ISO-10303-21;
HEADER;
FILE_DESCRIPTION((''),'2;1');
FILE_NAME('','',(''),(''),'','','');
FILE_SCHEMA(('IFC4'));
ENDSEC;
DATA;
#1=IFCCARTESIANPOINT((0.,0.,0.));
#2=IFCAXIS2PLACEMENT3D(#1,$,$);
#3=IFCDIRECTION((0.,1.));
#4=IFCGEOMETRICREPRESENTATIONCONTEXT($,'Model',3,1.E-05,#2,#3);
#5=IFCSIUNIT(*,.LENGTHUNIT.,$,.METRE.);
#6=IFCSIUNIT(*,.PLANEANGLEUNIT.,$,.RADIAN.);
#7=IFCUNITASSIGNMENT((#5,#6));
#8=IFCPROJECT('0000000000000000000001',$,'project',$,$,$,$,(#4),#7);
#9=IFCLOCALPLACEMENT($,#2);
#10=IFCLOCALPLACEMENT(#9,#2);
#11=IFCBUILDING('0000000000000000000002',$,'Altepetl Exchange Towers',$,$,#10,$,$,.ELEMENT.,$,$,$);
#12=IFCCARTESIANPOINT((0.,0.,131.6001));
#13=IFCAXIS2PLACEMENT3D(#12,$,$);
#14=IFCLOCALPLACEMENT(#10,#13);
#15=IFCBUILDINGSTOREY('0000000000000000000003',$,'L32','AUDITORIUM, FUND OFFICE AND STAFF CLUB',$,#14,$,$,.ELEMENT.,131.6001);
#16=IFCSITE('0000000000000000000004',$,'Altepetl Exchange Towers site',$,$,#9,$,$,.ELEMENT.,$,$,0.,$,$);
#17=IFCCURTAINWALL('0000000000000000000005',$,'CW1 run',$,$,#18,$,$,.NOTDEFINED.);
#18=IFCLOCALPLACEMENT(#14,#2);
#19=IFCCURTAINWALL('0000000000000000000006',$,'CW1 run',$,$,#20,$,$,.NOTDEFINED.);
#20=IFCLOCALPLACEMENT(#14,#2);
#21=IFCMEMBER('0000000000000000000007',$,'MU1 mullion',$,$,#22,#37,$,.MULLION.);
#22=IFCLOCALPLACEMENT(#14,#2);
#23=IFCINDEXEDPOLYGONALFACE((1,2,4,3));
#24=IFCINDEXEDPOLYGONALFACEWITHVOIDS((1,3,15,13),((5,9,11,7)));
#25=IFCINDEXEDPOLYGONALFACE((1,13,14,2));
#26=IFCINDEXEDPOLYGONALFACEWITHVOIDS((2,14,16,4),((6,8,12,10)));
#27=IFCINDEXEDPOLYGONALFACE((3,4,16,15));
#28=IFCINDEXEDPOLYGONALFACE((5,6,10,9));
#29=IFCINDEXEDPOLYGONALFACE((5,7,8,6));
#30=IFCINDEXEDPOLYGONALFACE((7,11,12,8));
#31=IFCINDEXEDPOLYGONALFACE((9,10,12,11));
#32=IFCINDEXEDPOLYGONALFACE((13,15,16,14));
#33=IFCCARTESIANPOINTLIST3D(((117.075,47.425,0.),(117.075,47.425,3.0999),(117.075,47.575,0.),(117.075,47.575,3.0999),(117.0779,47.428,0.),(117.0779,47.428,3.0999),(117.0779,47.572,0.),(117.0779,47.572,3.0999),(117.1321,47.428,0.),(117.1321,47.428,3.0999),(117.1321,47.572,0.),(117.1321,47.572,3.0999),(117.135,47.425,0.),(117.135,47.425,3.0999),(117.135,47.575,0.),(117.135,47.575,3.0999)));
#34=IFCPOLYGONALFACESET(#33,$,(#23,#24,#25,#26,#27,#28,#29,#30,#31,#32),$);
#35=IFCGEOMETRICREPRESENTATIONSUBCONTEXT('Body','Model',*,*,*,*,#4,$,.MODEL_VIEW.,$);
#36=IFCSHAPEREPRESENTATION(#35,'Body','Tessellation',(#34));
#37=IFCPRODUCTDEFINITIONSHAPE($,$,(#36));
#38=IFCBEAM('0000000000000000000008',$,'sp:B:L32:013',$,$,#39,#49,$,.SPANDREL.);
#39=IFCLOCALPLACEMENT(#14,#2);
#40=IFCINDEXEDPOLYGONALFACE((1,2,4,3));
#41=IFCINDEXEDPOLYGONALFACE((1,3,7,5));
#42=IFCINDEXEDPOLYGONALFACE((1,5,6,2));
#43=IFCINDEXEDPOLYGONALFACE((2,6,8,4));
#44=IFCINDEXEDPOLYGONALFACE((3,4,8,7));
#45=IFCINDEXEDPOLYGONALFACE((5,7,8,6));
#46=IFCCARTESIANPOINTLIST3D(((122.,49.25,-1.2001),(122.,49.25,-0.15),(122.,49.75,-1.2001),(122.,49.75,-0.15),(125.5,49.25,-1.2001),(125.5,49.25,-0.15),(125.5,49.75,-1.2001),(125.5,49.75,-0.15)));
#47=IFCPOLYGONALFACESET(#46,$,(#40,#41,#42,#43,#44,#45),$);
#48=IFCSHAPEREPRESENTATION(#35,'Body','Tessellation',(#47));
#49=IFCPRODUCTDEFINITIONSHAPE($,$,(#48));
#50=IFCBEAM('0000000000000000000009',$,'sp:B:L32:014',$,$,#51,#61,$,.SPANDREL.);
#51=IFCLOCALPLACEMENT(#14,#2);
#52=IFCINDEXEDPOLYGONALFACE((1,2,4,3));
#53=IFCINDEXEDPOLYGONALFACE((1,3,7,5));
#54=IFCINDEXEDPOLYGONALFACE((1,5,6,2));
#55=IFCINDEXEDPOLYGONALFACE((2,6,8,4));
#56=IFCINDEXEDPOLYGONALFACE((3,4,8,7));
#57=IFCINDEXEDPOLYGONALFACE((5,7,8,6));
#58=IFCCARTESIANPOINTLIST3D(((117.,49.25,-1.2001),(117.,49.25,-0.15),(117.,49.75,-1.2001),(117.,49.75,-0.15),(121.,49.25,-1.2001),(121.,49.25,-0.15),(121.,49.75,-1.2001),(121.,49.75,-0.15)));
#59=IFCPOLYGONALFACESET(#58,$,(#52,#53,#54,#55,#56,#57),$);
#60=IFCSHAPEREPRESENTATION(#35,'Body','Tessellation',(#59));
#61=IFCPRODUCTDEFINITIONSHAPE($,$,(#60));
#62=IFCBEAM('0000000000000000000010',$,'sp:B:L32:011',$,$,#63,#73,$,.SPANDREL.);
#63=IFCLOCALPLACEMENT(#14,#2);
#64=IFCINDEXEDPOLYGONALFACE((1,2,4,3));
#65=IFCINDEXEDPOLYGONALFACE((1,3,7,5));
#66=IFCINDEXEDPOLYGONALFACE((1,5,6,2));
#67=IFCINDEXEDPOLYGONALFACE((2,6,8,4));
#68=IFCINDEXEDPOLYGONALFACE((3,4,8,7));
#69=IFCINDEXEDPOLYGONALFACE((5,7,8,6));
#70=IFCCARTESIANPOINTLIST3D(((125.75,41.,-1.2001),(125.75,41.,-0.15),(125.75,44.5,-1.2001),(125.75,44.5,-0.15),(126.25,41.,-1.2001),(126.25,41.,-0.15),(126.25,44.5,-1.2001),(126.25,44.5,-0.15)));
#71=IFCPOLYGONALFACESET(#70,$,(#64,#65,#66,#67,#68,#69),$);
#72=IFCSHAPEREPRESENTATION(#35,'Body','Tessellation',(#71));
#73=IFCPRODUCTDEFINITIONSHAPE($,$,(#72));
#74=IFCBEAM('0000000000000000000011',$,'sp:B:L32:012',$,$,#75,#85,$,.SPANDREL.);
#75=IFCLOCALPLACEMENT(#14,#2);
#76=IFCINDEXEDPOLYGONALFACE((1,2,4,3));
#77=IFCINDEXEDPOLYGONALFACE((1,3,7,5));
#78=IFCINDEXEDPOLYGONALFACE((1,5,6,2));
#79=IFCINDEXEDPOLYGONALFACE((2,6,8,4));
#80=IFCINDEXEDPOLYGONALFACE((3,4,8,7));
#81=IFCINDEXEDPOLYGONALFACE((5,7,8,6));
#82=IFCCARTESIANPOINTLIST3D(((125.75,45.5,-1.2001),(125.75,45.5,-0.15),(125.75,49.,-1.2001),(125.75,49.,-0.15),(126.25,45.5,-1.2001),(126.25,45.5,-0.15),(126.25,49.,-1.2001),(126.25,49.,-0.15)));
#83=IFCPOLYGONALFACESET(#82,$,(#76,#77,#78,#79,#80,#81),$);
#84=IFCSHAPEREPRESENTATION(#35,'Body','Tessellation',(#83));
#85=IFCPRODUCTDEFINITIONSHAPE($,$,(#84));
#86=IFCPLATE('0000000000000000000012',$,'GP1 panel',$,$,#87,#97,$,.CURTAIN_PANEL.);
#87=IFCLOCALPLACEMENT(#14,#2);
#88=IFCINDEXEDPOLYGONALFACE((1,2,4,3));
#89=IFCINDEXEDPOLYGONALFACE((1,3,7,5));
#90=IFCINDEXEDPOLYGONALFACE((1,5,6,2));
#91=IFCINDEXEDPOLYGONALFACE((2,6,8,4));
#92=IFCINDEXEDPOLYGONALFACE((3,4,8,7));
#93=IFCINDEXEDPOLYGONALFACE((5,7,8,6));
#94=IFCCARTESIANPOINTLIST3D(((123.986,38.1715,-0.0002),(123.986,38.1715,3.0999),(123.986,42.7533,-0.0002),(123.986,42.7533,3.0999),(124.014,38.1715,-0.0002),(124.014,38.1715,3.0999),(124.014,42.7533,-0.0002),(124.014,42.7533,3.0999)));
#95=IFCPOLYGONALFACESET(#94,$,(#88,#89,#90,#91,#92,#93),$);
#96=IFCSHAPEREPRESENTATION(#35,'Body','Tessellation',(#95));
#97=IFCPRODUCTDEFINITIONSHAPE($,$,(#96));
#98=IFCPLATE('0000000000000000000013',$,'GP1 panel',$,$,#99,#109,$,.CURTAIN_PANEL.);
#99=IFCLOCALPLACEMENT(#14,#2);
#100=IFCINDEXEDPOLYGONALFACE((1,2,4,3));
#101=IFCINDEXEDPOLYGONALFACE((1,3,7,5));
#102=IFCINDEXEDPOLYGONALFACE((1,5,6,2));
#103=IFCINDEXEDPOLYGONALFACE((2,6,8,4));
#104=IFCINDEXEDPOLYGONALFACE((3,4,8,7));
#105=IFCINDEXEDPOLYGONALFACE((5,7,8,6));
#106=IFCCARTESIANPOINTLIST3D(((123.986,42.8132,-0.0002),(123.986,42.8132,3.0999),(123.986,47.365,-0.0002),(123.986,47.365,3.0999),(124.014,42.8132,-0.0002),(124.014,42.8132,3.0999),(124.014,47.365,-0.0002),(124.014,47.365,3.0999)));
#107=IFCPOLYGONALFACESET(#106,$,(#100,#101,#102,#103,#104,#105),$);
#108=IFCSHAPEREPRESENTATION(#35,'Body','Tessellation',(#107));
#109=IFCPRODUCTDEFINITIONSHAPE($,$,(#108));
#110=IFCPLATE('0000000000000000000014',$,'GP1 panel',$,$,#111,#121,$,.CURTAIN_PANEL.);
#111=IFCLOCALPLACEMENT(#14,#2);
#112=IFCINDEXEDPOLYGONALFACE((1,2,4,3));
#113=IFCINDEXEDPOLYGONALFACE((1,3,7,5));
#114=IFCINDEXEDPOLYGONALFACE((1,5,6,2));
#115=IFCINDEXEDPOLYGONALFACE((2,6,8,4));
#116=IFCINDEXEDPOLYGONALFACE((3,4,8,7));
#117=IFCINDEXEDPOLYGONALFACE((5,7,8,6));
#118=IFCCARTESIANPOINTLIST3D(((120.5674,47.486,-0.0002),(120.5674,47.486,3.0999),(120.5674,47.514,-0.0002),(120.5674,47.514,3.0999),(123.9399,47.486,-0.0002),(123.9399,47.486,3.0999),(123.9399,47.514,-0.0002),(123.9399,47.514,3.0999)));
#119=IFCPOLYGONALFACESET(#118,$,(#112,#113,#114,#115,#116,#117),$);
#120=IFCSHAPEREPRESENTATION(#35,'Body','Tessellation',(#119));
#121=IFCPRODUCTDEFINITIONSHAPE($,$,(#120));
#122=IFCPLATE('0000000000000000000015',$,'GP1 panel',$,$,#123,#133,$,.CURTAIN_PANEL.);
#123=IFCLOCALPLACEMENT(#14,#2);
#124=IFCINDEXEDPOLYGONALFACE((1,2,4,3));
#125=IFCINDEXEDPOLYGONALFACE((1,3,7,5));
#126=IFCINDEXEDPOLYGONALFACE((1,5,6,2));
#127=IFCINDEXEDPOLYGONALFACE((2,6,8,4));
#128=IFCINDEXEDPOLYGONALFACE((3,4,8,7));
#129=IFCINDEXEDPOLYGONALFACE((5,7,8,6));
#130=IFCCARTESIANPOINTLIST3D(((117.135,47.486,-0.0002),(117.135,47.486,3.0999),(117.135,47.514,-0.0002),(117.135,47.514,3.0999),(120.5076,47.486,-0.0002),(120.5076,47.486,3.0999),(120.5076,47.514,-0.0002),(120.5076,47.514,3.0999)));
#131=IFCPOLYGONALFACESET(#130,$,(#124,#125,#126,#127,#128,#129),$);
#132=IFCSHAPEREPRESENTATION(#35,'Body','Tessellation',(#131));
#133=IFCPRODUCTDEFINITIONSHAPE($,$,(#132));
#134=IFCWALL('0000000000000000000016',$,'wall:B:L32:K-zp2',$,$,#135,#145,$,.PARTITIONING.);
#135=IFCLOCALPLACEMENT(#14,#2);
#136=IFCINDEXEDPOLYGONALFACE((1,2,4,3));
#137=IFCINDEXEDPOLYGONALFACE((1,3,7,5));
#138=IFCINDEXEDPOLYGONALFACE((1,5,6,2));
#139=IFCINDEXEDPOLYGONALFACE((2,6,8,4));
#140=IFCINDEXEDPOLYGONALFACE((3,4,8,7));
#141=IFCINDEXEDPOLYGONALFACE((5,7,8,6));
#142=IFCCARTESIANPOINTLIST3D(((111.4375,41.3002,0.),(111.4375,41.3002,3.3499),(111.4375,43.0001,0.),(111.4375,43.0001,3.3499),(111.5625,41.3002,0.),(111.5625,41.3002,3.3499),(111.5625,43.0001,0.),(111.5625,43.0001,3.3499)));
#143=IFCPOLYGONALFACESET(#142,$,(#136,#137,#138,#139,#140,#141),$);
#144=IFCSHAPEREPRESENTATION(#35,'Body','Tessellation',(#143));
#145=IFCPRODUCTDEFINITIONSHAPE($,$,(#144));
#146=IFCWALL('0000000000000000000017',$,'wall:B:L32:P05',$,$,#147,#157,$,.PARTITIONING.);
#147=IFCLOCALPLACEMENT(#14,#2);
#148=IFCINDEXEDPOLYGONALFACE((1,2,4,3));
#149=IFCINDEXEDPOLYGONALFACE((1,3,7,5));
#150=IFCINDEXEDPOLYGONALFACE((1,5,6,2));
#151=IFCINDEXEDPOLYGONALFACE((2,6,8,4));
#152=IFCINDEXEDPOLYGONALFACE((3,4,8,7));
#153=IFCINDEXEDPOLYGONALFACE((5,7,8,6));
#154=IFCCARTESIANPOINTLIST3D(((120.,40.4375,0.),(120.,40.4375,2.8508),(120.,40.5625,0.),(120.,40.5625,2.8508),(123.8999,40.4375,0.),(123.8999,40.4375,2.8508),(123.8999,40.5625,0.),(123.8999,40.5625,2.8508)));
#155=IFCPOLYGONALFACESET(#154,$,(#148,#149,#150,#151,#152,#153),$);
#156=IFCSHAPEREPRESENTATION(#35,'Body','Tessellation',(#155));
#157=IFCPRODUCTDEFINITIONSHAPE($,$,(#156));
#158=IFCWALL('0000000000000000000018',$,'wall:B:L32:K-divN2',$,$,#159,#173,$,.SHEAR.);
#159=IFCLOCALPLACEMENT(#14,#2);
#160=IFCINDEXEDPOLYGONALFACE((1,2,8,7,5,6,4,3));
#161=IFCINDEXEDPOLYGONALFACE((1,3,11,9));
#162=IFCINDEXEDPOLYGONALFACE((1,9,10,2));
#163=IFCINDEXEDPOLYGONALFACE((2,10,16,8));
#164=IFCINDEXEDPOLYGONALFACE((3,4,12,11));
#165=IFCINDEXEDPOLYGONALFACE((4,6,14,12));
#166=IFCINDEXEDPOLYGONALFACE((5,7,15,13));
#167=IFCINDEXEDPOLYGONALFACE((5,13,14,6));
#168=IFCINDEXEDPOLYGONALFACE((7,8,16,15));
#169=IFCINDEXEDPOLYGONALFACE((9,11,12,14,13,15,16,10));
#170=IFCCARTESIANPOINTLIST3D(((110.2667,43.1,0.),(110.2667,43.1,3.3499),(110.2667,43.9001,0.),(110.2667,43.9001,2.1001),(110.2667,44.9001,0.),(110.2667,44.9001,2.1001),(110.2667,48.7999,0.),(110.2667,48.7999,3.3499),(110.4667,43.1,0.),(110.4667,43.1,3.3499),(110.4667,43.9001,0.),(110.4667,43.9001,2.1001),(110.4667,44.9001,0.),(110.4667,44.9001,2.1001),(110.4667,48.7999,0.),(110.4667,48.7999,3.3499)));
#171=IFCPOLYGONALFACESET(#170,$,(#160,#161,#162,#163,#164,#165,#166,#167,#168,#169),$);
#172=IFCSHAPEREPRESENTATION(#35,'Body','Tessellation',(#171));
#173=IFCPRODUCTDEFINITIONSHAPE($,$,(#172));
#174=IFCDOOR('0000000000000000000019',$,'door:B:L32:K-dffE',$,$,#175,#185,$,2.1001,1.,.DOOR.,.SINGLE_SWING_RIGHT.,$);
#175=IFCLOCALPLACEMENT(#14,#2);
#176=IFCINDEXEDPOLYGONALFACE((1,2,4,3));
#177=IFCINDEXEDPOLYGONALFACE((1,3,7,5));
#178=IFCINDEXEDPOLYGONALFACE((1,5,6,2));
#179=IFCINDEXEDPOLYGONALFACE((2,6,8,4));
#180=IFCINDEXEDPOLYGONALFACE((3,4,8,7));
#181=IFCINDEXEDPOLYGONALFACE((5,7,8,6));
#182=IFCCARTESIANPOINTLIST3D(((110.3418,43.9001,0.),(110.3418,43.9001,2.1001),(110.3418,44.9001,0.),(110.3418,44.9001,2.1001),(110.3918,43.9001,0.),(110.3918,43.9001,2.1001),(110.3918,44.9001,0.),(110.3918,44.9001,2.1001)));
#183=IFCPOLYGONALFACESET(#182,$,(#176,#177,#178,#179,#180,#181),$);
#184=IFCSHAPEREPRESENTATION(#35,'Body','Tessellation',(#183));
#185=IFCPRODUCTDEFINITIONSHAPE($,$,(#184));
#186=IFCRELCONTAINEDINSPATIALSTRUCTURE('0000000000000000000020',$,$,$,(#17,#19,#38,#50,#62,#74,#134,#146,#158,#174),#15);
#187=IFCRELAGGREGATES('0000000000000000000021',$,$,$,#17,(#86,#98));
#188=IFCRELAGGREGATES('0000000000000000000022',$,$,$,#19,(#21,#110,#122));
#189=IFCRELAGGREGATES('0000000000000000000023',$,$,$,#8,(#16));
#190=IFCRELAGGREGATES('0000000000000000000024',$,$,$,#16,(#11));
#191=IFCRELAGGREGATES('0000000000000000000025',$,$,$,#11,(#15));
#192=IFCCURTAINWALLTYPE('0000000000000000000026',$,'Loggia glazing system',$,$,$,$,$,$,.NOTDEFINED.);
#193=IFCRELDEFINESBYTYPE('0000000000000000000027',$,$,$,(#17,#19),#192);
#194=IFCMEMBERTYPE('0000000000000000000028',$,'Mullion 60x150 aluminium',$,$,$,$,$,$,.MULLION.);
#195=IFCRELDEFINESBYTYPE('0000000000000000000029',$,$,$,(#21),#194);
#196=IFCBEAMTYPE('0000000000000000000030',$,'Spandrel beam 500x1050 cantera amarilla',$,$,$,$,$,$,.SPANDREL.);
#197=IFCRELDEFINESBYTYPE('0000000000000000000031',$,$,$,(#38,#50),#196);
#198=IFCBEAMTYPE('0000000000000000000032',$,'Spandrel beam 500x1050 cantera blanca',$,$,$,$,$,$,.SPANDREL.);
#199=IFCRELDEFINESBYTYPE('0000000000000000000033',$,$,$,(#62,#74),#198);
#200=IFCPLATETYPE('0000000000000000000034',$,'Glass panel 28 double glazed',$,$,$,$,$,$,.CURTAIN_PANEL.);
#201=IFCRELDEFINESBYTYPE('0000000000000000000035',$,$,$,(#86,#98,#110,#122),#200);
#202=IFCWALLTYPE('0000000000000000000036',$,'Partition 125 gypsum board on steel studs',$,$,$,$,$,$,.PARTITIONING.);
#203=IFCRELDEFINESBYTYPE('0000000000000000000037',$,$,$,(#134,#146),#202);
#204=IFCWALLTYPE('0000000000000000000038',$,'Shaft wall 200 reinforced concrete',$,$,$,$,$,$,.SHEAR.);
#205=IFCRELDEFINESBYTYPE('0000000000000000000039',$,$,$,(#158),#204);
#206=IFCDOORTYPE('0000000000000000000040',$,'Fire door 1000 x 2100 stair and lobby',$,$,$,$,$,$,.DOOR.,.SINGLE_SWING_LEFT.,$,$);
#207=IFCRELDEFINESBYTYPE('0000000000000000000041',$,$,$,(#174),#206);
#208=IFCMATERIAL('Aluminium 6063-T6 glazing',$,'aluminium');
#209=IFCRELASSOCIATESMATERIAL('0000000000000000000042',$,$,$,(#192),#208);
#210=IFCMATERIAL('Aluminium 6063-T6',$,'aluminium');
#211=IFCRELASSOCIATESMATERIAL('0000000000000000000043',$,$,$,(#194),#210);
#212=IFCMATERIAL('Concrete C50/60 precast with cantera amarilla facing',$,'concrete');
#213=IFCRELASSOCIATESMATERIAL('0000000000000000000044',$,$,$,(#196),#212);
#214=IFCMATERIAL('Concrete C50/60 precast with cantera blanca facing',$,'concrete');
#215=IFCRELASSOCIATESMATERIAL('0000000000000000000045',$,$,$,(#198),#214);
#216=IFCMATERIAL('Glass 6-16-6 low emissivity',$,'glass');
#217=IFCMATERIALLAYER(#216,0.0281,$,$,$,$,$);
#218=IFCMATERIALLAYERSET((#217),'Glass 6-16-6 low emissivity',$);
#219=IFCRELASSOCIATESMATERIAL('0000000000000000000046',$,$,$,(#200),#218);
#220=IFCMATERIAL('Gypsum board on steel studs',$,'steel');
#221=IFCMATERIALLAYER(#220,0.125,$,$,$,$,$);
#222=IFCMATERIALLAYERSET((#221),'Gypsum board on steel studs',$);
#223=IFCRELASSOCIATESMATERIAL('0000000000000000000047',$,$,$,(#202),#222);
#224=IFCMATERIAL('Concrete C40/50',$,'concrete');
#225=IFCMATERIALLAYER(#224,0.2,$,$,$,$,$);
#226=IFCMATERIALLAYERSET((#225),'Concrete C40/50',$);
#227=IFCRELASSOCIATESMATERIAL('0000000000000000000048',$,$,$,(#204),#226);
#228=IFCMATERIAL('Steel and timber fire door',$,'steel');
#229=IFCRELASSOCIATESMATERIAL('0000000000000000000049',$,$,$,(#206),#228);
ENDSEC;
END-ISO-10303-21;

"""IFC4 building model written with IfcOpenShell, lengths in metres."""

from ifc_helpers import new_model, si_unit, direction, frame, frame_2d, origin, origin_2d, place, context, subcontext, project, spatial, rectangle, hollow_rectangle, extrude, material, layer, layer_set, material_profile, profile_set, type_object, element, fill, aggregate, save


model = new_model("IFC4")

# Units and contexts
model_context = context("Model", 3, precision=1e-05, world=origin(), true_north=direction((0.0, 1.0)))
body_context = subcontext(model_context, "Body", "Model", "MODEL_VIEW")
ifc_project = project(units=[si_unit("LENGTHUNIT", "METRE"), si_unit("PLANEANGLEUNIT", "RADIAN")], contexts=[model_context])

# Site, building, storey
site_placement = place(None, origin())
site = spatial("IfcSite", under=ifc_project, at=site_placement, Name="Altepetl Exchange Towers site", CompositionType="ELEMENT", RefElevation=0.0)
building_placement = place(site_placement, origin())
building = spatial("IfcBuilding", under=site, at=building_placement, Name="Altepetl Exchange Towers", CompositionType="ELEMENT")
storey_placement = place(building_placement, frame((0.0, 0.0, 131.6001)))
storey = spatial("IfcBuildingStorey", under=building, at=storey_placement, Name="L32", Description="AUDITORIUM, FUND OFFICE AND STAFF CLUB", CompositionType="ELEMENT", Elevation=131.6001)

# Curtain walls, member
ifc_material_1 = material(Name="Aluminium 6063-T6 glazing", Category="aluminium")
curtain_wall_type = type_object("IfcCurtainWallType", Name="Loggia glazing system", PredefinedType="NOTDEFINED", material=ifc_material_1)
curtain_wall_1_placement = place(storey_placement, origin())
curtain_wall_1 = element("IfcCurtainWall", 1, at=curtain_wall_1_placement, inside=storey, type_object=curtain_wall_type, Name="CW1 run", PredefinedType="NOTDEFINED")
ifc_material_2 = material(Name="Aluminium 6063-T6", Category="aluminium")
ifc_material_profile_1 = material_profile(ifc_material_2, hollow_rectangle(XDim=0.0601, YDim=0.1499, WallThickness=0.0029, at=origin_2d()), Name="Mullion 60x150 aluminium")
ifc_profile_set_1 = profile_set([ifc_material_profile_1], Name="Aluminium 6063-T6")
member_type = type_object("IfcMemberType", Name="Mullion 60x150 aluminium", PredefinedType="MULLION", material=ifc_profile_set_1)
curtain_wall_2_placement = place(storey_placement, origin())
curtain_wall_2 = element("IfcCurtainWall", 2, at=curtain_wall_2_placement, inside=storey, type_object=curtain_wall_type, Name="CW1 run", PredefinedType="NOTDEFINED")
member_1_placement = place(storey_placement, frame((117.105, 47.5, 0.0), z_axis=(0.0, 0.0, 1.0), x_axis=(-1.0, 0.0, 0.0)))
member_1 = element("IfcMember", 3, at=member_1_placement, type_object=member_type, Name="MU1 mullion", PredefinedType="MULLION", context=body_context, shape_type="SweptSolid", body=[
    extrude(hollow_rectangle(XDim=0.0601, YDim=0.1499, WallThickness=0.0029, at=origin_2d()), origin(), (0.0, 0.0, 1.0), 3.0999),
])

# Beams
ifc_material_3 = material(Name="Concrete C50/60 precast with cantera amarilla facing", Category="concrete")
ifc_material_profile_2 = material_profile(ifc_material_3, rectangle(XDim=0.5, YDim=1.05, at=origin_2d()), Name="500 x 1050")
ifc_profile_set_2 = profile_set([ifc_material_profile_2], Name="Concrete C50/60 precast with cantera amarilla facing")
beam_type_1 = type_object("IfcBeamType", Name="Spandrel beam 500x1050 cantera amarilla", PredefinedType="SPANDREL", material=ifc_profile_set_2)
beam_1_placement = place(storey_placement, frame((125.5, 49.5, -0.675), z_axis=(-1.0, 0.0, 0.0), x_axis=(0.0, -1.0, 0.0)))
element("IfcBeam", 4, at=beam_1_placement, inside=storey, type_object=beam_type_1, Name="sp:B:L32:013", PredefinedType="SPANDREL", context=body_context, shape_type="SweptSolid", body=[
    extrude(rectangle(XDim=0.5, YDim=1.05, at=origin_2d()), origin(), (0.0, 0.0, 1.0), 3.5),
])
beam_2_placement = place(storey_placement, frame((121.0, 49.5, -0.675), z_axis=(-1.0, 0.0, 0.0), x_axis=(0.0, -1.0, 0.0)))
element("IfcBeam", 5, at=beam_2_placement, inside=storey, type_object=beam_type_1, Name="sp:B:L32:014", PredefinedType="SPANDREL", context=body_context, shape_type="SweptSolid", body=[
    extrude(rectangle(XDim=0.5, YDim=1.05, at=origin_2d()), origin(), (0.0, 0.0, 1.0), 4.0),
])
ifc_material_4 = material(Name="Concrete C50/60 precast with cantera blanca facing", Category="concrete")
ifc_material_profile_3 = material_profile(ifc_material_4, rectangle(XDim=0.5, YDim=1.05, at=origin_2d()), Name="500 x 1050")
ifc_profile_set_3 = profile_set([ifc_material_profile_3], Name="Concrete C50/60 precast with cantera blanca facing")
beam_type_2 = type_object("IfcBeamType", Name="Spandrel beam 500x1050 cantera blanca", PredefinedType="SPANDREL", material=ifc_profile_set_3)
for number, where, z_axis, x_axis, name in (
    (6, (126.0, 41.0, -0.675), (0.0, 1.0, 0.0), (-1.0, 0.0, 0.0), "sp:B:L32:011"),
    (7, (126.0, 45.5, -0.675), (0.0, 1.0, 0.0), (-1.0, 0.0, 0.0), "sp:B:L32:012"),
):
    element("IfcBeam", number, at=place(storey_placement, frame(where, z_axis=z_axis, x_axis=x_axis)), inside=storey, type_object=beam_type_2, Name=name, PredefinedType="SPANDREL", context=body_context, shape_type="SweptSolid", body=[
        extrude(rectangle(XDim=0.5, YDim=1.05, at=origin_2d()), origin(), (0.0, 0.0, 1.0), 3.5),
    ])

# Plates
ifc_material_5 = material(Name="Glass 6-16-6 low emissivity", Category="glass")
ifc_layer_1 = layer(ifc_material_5, 0.0281)
ifc_layer_set_1 = layer_set([ifc_layer_1], Name="Glass 6-16-6 low emissivity")
plate_type = type_object("IfcPlateType", Name="Glass panel 28 double glazed", PredefinedType="CURTAIN_PANEL", material=ifc_layer_set_1)
plate_1_placement = place(storey_placement, frame((124.0, 40.4624, -0.0002), z_axis=(0.0, 0.0, 1.0), x_axis=(0.0, 1.0, 0.0)))
plate_1 = element("IfcPlate", 8, at=plate_1_placement, type_object=plate_type, Name="GP1 panel", PredefinedType="CURTAIN_PANEL", context=body_context, shape_type="SweptSolid", body=[
    extrude(rectangle(XDim=4.5818, YDim=0.0281, at=origin_2d()), origin(), (0.0, 0.0, 1.0), 3.1001),
])
plate_2_placement = place(storey_placement, frame((124.0, 45.0891, -0.0002), z_axis=(0.0, 0.0, 1.0), x_axis=(0.0, 1.0, 0.0)))
plate_2 = element("IfcPlate", 9, at=plate_2_placement, type_object=plate_type, Name="GP1 panel", PredefinedType="CURTAIN_PANEL", context=body_context, shape_type="SweptSolid", body=[
    extrude(rectangle(XDim=4.5518, YDim=0.0281, at=origin_2d()), origin(), (0.0, 0.0, 1.0), 3.1001),
])
aggregate(curtain_wall_1, [plate_1, plate_2])
plate_3_placement = place(storey_placement, frame((122.2537, 47.5, -0.0002), z_axis=(0.0, 0.0, 1.0), x_axis=(-1.0, 0.0, 0.0)))
plate_3 = element("IfcPlate", 10, at=plate_3_placement, type_object=plate_type, Name="GP1 panel", PredefinedType="CURTAIN_PANEL", context=body_context, shape_type="SweptSolid", body=[
    extrude(rectangle(XDim=3.3726, YDim=0.0281, at=origin_2d()), origin(), (0.0, 0.0, 1.0), 3.1001),
])
plate_4_placement = place(storey_placement, frame((118.8213, 47.5, -0.0002), z_axis=(0.0, 0.0, 1.0), x_axis=(-1.0, 0.0, 0.0)))
plate_4 = element("IfcPlate", 11, at=plate_4_placement, type_object=plate_type, Name="GP1 panel", PredefinedType="CURTAIN_PANEL", context=body_context, shape_type="SweptSolid", body=[
    extrude(rectangle(XDim=3.3726, YDim=0.0281, at=origin_2d()), origin(), (0.0, 0.0, 1.0), 3.1001),
])
aggregate(curtain_wall_2, [member_1, plate_3, plate_4])

# Walls
ifc_material_6 = material(Name="Gypsum board on steel studs", Category="steel")
ifc_layer_2 = layer(ifc_material_6, 0.125)
ifc_layer_set_2 = layer_set([ifc_layer_2], Name="Gypsum board on steel studs")
wall_type_1 = type_object("IfcWallType", Name="Partition 125 gypsum board on steel studs", PredefinedType="PARTITIONING", material=ifc_layer_set_2)
wall_1_placement = place(storey_placement, frame((111.5, 41.3, 0.0), z_axis=(0.0, 0.0, 1.0), x_axis=(0.0, 1.0, 0.0)))
element("IfcWall", 12, at=wall_1_placement, inside=storey, type_object=wall_type_1, Name="wall:B:L32:K-zp2", PredefinedType="PARTITIONING", context=body_context, shape_type="SweptSolid", body=[
    extrude(rectangle(XDim=1.7, YDim=0.125, at=frame_2d((0.8501, 0.0))), origin(), (0.0, 0.0, 1.0), 3.3499),
])
wall_2_placement = place(storey_placement, frame((120.0, 40.5, 0.0)))
element("IfcWall", 13, at=wall_2_placement, inside=storey, type_object=wall_type_1, Name="wall:B:L32:P05", PredefinedType="PARTITIONING", context=body_context, shape_type="SweptSolid", body=[
    extrude(rectangle(XDim=3.8999, YDim=0.125, at=frame_2d((1.95, 0.0))), origin(), (0.0, 0.0, 1.0), 2.8508),
])

# Wall, opening, door
ifc_material_7 = material(Name="Concrete C40/50", Category="concrete")
ifc_layer_3 = layer(ifc_material_7, 0.2)
ifc_layer_set_3 = layer_set([ifc_layer_3], Name="Concrete C40/50")
wall_type_2 = type_object("IfcWallType", Name="Shaft wall 200 reinforced concrete", PredefinedType="SHEAR", material=ifc_layer_set_3)
wall_3_placement = place(storey_placement, frame((110.3667, 48.8, 0.0), z_axis=(0.0, 0.0, 1.0), x_axis=(0.0, -1.0, 0.0)))
wall_3 = element("IfcWall", 14, at=wall_3_placement, inside=storey, type_object=wall_type_2, Name="wall:B:L32:K-divN2", PredefinedType="SHEAR", context=body_context, shape_type="SweptSolid", body=[
    extrude(rectangle(XDim=5.7, YDim=0.2, at=frame_2d((2.8501, 0.0))), origin(), (0.0, 0.0, 1.0), 3.3499),
])
opening_1_placement = place(wall_3_placement, frame((3.8999, 0.0, 0.0)))
opening_1 = element("IfcOpeningElement", 15, at=opening_1_placement, cuts=wall_3, PredefinedType="OPENING", context=body_context, shape_type="SweptSolid", body=[
    extrude(rectangle(XDim=1.0, YDim=2.1001, at=frame_2d((0.5, 1.05))), frame((0.0, 0.1099, 0.0), z_axis=(0.0, -1.0, 0.0), x_axis=(1.0, 0.0, 0.0)), (0.0, 0.0, 1.0), 0.22),
])
ifc_material_8 = material(Name="Steel and timber fire door", Category="steel")
door_type_1 = type_object("IfcDoorType", Name="Fire door 1000 x 2100 stair and lobby", OperationType="SINGLE_SWING_LEFT", PredefinedType="DOOR", material=ifc_material_8)
door_1_placement = place(opening_1_placement, frame((1.0, 0.0, 0.0), x_axis=(-1.0, 0.0, 0.0)))
door_1 = element("IfcDoor", 16, at=door_1_placement, inside=storey, type_object=door_type_1, Name="door:B:L32:K-dffE", OperationType="SINGLE_SWING_RIGHT", OverallHeight=2.1001, OverallWidth=1.0, PredefinedType="DOOR", context=body_context, shape_type="SweptSolid", body=[
    extrude(rectangle(XDim=1.0, YDim=2.1001, at=frame_2d((0.5, 1.05))), frame((0.0, 0.0249, 0.0), z_axis=(0.0, -1.0, 0.0), x_axis=(1.0, 0.0, 0.0)), (0.0, 0.0, 1.0), 0.05),
])
fill(opening_1, door_1)

save(model, "model.ifc")
